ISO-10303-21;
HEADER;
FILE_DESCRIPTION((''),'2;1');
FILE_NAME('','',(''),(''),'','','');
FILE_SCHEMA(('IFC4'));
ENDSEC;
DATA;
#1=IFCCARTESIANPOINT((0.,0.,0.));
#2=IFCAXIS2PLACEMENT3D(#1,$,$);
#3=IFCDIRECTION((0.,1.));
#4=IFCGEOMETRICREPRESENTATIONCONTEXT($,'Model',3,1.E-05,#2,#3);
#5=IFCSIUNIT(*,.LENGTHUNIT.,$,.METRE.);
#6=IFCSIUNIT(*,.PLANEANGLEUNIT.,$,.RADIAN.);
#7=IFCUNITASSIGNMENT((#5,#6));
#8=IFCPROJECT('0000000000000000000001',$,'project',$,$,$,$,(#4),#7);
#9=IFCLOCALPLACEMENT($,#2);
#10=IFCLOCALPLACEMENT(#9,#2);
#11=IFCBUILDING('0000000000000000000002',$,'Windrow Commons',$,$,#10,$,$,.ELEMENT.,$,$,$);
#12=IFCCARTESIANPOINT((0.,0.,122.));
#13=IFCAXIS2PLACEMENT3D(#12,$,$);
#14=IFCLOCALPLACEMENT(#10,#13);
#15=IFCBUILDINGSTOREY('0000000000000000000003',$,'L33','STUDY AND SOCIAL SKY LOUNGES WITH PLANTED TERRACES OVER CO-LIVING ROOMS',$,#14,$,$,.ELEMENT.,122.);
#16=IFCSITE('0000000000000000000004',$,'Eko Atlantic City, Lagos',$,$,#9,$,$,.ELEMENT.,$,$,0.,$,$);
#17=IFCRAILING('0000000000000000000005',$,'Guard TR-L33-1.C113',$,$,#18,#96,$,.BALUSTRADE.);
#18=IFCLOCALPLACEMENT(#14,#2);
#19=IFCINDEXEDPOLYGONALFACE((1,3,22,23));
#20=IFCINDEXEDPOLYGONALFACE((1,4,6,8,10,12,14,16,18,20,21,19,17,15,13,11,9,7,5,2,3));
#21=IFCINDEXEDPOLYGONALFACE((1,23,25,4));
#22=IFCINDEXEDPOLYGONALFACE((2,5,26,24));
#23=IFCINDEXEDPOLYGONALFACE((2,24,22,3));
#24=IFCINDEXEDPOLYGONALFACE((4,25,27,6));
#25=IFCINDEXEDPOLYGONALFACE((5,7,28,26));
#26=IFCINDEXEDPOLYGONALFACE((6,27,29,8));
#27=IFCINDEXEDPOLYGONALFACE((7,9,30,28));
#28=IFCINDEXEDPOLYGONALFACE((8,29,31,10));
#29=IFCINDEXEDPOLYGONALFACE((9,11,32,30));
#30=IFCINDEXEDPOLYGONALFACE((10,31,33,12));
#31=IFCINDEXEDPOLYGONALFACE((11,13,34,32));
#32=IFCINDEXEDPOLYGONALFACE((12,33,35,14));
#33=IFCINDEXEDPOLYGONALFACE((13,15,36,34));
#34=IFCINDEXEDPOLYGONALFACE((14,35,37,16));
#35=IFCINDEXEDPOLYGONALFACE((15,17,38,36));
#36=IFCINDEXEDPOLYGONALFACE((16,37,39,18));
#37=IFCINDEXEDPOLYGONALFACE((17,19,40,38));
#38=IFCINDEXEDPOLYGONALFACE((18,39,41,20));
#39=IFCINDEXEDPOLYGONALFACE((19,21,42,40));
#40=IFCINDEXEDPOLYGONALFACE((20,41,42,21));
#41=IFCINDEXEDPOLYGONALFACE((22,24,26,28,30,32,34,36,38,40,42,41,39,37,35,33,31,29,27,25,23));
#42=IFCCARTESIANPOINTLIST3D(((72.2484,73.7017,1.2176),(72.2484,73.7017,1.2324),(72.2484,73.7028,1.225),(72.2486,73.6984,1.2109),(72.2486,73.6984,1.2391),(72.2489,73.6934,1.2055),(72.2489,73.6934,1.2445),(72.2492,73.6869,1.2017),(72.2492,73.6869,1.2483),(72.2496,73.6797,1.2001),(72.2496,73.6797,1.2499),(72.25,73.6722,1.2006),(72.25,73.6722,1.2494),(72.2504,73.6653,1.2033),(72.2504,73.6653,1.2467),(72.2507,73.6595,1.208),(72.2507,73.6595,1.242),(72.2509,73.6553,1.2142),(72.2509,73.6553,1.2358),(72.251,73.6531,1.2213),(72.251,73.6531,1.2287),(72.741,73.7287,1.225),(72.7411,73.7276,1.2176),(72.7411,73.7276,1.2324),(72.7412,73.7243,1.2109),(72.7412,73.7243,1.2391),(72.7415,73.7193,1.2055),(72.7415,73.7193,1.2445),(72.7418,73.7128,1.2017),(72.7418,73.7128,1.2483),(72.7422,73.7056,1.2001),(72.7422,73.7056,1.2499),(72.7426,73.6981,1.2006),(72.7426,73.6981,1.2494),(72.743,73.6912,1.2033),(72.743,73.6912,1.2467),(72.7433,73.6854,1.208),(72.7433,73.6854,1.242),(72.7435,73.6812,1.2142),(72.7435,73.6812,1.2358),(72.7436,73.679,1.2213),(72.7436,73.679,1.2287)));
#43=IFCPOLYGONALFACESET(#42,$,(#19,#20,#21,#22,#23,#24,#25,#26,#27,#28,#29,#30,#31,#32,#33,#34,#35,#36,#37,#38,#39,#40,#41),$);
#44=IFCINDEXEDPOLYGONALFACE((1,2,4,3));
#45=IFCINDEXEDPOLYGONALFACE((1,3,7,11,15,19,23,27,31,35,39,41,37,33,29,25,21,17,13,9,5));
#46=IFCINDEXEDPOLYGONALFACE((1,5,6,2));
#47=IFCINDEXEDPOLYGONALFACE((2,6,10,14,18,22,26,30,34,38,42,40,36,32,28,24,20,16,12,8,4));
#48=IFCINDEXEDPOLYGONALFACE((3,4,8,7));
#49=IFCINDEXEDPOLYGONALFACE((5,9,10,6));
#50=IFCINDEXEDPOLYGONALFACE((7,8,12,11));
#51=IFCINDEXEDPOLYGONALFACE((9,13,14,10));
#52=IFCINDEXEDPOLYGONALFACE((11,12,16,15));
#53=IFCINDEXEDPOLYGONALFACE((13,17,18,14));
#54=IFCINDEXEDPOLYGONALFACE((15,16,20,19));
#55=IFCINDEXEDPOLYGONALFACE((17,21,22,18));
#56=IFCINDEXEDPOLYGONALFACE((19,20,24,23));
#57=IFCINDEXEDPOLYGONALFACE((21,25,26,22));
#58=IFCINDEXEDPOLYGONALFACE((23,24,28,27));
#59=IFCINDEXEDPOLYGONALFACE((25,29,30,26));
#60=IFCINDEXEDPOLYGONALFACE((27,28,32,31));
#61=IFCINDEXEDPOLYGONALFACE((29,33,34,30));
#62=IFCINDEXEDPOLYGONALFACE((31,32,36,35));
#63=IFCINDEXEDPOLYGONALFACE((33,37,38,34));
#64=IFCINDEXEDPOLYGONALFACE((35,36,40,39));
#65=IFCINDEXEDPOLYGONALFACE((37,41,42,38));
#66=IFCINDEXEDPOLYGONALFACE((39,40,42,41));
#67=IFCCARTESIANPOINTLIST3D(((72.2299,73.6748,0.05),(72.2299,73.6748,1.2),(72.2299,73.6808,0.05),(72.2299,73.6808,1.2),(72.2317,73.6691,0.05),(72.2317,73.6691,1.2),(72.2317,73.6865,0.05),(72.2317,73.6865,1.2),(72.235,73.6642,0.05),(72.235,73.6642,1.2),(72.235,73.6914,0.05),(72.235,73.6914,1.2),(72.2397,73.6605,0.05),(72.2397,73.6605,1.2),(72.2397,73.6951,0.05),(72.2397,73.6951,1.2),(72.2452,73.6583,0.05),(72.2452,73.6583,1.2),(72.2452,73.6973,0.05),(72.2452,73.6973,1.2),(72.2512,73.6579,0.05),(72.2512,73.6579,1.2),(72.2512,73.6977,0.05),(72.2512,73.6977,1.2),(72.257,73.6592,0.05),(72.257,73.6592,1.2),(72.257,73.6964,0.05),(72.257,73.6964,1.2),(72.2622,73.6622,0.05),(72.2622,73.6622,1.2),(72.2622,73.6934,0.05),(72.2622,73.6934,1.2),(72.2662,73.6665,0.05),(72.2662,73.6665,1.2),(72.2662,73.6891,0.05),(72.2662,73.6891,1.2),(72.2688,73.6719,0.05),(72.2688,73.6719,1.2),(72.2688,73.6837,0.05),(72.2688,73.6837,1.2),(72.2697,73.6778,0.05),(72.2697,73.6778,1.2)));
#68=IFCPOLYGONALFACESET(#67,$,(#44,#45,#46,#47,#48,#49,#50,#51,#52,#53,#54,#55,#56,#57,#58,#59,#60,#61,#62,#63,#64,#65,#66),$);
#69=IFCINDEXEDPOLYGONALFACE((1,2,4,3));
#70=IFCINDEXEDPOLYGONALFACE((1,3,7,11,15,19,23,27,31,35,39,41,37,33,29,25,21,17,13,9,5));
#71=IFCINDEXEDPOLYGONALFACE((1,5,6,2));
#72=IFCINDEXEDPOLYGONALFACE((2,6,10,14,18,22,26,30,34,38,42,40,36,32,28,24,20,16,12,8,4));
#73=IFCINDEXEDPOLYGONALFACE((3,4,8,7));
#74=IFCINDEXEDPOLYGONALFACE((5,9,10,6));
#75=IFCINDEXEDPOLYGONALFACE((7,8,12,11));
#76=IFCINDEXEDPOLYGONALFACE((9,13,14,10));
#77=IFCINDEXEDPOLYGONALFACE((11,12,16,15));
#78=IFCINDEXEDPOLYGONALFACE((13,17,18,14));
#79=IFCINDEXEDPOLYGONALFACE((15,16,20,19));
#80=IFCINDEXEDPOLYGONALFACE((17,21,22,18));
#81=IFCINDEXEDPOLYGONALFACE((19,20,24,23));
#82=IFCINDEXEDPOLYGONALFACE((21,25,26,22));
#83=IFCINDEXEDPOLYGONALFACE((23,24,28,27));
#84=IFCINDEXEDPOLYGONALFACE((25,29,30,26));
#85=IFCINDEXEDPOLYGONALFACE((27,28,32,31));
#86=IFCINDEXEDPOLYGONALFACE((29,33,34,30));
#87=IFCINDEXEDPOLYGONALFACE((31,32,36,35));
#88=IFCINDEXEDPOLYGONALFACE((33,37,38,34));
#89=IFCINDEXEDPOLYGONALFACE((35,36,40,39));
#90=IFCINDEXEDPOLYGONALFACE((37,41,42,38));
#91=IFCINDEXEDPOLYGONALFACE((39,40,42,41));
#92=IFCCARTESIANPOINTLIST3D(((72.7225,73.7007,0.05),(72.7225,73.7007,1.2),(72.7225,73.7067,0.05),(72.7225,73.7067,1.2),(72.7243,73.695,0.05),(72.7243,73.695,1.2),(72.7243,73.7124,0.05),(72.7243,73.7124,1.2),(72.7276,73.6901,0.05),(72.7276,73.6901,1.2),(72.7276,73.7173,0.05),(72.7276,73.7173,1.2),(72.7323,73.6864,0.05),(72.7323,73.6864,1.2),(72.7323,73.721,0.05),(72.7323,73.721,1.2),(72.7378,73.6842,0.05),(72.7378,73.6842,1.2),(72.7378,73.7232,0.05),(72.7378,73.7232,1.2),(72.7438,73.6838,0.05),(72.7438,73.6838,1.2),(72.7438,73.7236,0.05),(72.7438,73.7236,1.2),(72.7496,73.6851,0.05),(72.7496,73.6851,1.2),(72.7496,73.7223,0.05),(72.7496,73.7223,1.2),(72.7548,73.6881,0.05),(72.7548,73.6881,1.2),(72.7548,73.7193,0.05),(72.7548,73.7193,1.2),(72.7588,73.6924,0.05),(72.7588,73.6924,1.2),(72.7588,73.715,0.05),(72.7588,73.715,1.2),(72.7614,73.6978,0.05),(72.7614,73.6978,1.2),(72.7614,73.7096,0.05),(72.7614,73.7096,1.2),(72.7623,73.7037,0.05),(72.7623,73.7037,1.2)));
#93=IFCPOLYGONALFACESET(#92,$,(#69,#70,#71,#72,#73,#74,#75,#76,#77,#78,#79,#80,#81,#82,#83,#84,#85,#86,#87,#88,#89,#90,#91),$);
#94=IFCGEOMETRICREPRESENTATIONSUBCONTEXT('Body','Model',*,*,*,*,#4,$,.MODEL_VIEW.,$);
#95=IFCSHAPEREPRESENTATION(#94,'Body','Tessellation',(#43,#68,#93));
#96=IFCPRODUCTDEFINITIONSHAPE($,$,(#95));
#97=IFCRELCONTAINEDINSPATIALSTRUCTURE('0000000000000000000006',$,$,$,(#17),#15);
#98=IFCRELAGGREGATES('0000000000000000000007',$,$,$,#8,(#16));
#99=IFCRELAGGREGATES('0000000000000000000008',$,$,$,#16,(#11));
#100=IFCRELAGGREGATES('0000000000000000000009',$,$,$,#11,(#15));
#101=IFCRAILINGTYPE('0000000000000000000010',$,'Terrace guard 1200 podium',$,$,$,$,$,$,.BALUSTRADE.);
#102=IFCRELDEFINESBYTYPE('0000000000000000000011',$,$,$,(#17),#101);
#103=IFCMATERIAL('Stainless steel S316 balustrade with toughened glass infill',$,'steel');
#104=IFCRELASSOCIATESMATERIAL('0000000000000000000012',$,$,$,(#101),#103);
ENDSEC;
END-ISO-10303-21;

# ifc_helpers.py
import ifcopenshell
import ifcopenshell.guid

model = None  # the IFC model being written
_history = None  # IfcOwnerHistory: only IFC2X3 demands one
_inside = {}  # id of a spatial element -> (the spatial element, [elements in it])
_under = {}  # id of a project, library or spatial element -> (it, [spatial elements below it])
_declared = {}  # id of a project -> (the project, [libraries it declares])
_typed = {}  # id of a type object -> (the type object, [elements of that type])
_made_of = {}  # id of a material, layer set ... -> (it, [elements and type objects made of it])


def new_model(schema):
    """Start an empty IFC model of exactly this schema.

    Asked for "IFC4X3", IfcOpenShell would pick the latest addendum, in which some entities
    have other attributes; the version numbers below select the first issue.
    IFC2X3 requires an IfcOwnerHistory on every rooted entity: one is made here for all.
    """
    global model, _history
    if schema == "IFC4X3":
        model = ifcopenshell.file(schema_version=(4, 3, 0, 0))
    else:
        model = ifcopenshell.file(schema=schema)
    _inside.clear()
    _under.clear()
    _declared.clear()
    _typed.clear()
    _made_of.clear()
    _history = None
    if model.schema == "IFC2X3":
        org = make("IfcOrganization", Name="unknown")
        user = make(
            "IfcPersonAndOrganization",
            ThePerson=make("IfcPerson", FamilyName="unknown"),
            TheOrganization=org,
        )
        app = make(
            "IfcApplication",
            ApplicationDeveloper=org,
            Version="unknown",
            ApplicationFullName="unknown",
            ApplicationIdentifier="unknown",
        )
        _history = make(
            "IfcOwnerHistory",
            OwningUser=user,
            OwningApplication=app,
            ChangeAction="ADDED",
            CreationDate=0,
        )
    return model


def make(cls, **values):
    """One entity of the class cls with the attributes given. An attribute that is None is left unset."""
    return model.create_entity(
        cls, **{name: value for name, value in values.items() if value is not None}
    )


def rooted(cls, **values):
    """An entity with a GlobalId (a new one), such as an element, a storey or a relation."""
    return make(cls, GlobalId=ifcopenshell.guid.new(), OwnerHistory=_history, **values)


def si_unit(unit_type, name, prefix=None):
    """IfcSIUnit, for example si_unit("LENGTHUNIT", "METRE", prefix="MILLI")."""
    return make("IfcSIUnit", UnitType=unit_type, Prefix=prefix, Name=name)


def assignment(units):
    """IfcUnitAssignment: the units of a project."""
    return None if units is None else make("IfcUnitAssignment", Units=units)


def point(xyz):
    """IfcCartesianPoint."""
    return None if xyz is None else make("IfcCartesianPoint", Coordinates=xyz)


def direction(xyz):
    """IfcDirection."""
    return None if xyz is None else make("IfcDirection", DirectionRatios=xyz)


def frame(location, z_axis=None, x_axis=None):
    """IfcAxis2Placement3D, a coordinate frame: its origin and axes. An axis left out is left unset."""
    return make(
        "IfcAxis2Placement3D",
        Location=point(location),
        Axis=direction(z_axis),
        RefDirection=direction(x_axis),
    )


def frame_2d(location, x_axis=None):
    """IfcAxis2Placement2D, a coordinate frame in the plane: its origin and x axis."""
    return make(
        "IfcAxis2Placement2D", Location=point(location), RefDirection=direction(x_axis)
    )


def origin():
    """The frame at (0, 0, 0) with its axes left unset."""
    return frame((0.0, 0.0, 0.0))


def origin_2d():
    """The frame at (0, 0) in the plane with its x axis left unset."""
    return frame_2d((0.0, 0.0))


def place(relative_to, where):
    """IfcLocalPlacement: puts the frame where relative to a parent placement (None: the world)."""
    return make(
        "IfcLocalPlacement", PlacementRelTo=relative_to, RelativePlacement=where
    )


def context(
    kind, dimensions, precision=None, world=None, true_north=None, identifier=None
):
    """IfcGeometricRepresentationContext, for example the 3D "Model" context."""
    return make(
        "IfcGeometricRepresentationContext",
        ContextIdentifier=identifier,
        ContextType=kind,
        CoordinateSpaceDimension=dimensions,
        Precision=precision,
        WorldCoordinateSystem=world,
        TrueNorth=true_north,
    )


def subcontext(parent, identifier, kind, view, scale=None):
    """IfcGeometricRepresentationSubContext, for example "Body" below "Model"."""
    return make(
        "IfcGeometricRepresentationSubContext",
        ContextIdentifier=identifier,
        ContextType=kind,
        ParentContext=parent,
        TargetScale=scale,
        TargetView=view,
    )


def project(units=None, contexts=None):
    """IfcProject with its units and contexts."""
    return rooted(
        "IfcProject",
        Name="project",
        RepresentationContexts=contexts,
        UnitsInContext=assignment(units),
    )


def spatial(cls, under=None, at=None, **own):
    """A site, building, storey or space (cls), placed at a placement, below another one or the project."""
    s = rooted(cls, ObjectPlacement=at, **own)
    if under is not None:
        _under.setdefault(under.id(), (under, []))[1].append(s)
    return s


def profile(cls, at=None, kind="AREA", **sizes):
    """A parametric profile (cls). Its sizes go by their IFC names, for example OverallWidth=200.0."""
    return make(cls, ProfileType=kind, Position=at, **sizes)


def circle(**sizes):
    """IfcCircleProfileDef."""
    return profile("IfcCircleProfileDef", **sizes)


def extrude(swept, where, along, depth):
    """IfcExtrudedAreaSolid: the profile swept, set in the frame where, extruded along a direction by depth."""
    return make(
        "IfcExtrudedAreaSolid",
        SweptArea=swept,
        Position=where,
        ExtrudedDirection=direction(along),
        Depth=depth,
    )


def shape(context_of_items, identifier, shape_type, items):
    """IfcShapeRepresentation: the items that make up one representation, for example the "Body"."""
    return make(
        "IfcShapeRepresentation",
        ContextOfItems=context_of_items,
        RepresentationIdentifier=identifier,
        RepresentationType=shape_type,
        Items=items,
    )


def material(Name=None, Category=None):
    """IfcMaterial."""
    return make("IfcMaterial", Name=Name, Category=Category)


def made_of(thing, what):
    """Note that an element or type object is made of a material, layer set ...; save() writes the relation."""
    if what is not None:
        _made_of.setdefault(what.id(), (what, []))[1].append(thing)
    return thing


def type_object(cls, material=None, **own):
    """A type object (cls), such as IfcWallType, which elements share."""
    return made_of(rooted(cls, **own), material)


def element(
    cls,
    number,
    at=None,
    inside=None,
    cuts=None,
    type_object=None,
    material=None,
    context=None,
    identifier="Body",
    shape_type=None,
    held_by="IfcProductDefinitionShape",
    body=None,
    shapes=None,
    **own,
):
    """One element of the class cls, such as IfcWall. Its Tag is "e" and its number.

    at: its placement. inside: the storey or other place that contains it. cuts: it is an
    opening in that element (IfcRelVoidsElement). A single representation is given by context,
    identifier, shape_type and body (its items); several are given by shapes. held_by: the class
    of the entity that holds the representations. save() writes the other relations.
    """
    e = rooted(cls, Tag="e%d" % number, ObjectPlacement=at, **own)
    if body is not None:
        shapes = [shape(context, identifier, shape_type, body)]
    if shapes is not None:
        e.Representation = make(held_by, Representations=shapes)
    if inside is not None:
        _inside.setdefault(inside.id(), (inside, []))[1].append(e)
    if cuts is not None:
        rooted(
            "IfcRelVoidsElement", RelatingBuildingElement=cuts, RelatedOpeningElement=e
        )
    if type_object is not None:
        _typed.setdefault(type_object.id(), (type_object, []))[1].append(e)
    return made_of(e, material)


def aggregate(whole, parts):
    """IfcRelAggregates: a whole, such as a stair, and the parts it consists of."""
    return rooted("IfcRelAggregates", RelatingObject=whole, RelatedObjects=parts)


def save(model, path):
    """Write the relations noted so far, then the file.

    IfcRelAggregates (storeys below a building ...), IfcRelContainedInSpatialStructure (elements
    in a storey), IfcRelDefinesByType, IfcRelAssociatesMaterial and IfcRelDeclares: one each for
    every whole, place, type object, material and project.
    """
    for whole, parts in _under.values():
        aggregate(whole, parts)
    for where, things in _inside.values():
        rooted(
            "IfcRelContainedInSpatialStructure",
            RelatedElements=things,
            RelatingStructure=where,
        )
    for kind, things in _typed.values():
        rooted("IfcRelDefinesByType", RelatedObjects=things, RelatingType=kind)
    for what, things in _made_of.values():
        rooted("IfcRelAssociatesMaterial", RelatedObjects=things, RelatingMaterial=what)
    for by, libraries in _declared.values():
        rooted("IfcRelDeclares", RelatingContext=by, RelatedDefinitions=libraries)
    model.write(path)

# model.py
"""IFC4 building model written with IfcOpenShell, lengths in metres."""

from ifc_helpers import new_model, si_unit, direction, frame, origin, origin_2d, place, context, subcontext, project, spatial, circle, extrude, material, type_object, element, save


model = new_model("IFC4")

# Units and contexts
model_context = context("Model", 3, precision=1e-05, world=origin(), true_north=direction((0.0, 1.0)))
body_context = subcontext(model_context, "Body", "Model", "MODEL_VIEW")
ifc_project = project(units=[si_unit("LENGTHUNIT", "METRE"), si_unit("PLANEANGLEUNIT", "RADIAN")], contexts=[model_context])

# Site, building, storey
site_placement = place(None, origin())
site = spatial("IfcSite", under=ifc_project, at=site_placement, Name="Eko Atlantic City, Lagos", CompositionType="ELEMENT", RefElevation=0.0)
building_placement = place(site_placement, origin())
building = spatial("IfcBuilding", under=site, at=building_placement, Name="Windrow Commons", CompositionType="ELEMENT")
storey_placement = place(building_placement, frame((0.0, 0.0, 122.0)))
storey = spatial("IfcBuildingStorey", under=building, at=storey_placement, Name="L33", Description="STUDY AND SOCIAL SKY LOUNGES WITH PLANTED TERRACES OVER CO-LIVING ROOMS", CompositionType="ELEMENT", Elevation=122.0)

# Railing
ifc_material_1 = material(Name="Stainless steel S316 balustrade with toughened glass infill", Category="steel")
railing_type_1 = type_object("IfcRailingType", Name="Terrace guard 1200 podium", PredefinedType="BALUSTRADE", material=ifc_material_1)
railing_1_placement = place(storey_placement, frame((72.2497, 73.6778, 0.05)))
element("IfcRailing", 1, at=railing_1_placement, inside=storey, type_object=railing_type_1, Name="Guard TR-L33-1.C113", PredefinedType="BALUSTRADE", context=body_context, shape_type="SweptSolid", body=[
    extrude(circle(Radius=0.025, at=origin_2d()), frame((0.0, 0.0, 1.175), z_axis=(0.998621, 0.052506, 0.0), x_axis=(-0.052506, 0.998621, 0.0)), (0.0, 0.0, 1.0), 0.4933),
    extrude(circle(Radius=0.02, at=origin_2d()), origin(), (0.0, 0.0, 1.0), 1.15),
    extrude(circle(Radius=0.02, at=origin_2d()), frame((0.4926, 0.0259, 0.0)), (0.0, 0.0, 1.0), 1.15),
])

save(model, "model.ifc")
